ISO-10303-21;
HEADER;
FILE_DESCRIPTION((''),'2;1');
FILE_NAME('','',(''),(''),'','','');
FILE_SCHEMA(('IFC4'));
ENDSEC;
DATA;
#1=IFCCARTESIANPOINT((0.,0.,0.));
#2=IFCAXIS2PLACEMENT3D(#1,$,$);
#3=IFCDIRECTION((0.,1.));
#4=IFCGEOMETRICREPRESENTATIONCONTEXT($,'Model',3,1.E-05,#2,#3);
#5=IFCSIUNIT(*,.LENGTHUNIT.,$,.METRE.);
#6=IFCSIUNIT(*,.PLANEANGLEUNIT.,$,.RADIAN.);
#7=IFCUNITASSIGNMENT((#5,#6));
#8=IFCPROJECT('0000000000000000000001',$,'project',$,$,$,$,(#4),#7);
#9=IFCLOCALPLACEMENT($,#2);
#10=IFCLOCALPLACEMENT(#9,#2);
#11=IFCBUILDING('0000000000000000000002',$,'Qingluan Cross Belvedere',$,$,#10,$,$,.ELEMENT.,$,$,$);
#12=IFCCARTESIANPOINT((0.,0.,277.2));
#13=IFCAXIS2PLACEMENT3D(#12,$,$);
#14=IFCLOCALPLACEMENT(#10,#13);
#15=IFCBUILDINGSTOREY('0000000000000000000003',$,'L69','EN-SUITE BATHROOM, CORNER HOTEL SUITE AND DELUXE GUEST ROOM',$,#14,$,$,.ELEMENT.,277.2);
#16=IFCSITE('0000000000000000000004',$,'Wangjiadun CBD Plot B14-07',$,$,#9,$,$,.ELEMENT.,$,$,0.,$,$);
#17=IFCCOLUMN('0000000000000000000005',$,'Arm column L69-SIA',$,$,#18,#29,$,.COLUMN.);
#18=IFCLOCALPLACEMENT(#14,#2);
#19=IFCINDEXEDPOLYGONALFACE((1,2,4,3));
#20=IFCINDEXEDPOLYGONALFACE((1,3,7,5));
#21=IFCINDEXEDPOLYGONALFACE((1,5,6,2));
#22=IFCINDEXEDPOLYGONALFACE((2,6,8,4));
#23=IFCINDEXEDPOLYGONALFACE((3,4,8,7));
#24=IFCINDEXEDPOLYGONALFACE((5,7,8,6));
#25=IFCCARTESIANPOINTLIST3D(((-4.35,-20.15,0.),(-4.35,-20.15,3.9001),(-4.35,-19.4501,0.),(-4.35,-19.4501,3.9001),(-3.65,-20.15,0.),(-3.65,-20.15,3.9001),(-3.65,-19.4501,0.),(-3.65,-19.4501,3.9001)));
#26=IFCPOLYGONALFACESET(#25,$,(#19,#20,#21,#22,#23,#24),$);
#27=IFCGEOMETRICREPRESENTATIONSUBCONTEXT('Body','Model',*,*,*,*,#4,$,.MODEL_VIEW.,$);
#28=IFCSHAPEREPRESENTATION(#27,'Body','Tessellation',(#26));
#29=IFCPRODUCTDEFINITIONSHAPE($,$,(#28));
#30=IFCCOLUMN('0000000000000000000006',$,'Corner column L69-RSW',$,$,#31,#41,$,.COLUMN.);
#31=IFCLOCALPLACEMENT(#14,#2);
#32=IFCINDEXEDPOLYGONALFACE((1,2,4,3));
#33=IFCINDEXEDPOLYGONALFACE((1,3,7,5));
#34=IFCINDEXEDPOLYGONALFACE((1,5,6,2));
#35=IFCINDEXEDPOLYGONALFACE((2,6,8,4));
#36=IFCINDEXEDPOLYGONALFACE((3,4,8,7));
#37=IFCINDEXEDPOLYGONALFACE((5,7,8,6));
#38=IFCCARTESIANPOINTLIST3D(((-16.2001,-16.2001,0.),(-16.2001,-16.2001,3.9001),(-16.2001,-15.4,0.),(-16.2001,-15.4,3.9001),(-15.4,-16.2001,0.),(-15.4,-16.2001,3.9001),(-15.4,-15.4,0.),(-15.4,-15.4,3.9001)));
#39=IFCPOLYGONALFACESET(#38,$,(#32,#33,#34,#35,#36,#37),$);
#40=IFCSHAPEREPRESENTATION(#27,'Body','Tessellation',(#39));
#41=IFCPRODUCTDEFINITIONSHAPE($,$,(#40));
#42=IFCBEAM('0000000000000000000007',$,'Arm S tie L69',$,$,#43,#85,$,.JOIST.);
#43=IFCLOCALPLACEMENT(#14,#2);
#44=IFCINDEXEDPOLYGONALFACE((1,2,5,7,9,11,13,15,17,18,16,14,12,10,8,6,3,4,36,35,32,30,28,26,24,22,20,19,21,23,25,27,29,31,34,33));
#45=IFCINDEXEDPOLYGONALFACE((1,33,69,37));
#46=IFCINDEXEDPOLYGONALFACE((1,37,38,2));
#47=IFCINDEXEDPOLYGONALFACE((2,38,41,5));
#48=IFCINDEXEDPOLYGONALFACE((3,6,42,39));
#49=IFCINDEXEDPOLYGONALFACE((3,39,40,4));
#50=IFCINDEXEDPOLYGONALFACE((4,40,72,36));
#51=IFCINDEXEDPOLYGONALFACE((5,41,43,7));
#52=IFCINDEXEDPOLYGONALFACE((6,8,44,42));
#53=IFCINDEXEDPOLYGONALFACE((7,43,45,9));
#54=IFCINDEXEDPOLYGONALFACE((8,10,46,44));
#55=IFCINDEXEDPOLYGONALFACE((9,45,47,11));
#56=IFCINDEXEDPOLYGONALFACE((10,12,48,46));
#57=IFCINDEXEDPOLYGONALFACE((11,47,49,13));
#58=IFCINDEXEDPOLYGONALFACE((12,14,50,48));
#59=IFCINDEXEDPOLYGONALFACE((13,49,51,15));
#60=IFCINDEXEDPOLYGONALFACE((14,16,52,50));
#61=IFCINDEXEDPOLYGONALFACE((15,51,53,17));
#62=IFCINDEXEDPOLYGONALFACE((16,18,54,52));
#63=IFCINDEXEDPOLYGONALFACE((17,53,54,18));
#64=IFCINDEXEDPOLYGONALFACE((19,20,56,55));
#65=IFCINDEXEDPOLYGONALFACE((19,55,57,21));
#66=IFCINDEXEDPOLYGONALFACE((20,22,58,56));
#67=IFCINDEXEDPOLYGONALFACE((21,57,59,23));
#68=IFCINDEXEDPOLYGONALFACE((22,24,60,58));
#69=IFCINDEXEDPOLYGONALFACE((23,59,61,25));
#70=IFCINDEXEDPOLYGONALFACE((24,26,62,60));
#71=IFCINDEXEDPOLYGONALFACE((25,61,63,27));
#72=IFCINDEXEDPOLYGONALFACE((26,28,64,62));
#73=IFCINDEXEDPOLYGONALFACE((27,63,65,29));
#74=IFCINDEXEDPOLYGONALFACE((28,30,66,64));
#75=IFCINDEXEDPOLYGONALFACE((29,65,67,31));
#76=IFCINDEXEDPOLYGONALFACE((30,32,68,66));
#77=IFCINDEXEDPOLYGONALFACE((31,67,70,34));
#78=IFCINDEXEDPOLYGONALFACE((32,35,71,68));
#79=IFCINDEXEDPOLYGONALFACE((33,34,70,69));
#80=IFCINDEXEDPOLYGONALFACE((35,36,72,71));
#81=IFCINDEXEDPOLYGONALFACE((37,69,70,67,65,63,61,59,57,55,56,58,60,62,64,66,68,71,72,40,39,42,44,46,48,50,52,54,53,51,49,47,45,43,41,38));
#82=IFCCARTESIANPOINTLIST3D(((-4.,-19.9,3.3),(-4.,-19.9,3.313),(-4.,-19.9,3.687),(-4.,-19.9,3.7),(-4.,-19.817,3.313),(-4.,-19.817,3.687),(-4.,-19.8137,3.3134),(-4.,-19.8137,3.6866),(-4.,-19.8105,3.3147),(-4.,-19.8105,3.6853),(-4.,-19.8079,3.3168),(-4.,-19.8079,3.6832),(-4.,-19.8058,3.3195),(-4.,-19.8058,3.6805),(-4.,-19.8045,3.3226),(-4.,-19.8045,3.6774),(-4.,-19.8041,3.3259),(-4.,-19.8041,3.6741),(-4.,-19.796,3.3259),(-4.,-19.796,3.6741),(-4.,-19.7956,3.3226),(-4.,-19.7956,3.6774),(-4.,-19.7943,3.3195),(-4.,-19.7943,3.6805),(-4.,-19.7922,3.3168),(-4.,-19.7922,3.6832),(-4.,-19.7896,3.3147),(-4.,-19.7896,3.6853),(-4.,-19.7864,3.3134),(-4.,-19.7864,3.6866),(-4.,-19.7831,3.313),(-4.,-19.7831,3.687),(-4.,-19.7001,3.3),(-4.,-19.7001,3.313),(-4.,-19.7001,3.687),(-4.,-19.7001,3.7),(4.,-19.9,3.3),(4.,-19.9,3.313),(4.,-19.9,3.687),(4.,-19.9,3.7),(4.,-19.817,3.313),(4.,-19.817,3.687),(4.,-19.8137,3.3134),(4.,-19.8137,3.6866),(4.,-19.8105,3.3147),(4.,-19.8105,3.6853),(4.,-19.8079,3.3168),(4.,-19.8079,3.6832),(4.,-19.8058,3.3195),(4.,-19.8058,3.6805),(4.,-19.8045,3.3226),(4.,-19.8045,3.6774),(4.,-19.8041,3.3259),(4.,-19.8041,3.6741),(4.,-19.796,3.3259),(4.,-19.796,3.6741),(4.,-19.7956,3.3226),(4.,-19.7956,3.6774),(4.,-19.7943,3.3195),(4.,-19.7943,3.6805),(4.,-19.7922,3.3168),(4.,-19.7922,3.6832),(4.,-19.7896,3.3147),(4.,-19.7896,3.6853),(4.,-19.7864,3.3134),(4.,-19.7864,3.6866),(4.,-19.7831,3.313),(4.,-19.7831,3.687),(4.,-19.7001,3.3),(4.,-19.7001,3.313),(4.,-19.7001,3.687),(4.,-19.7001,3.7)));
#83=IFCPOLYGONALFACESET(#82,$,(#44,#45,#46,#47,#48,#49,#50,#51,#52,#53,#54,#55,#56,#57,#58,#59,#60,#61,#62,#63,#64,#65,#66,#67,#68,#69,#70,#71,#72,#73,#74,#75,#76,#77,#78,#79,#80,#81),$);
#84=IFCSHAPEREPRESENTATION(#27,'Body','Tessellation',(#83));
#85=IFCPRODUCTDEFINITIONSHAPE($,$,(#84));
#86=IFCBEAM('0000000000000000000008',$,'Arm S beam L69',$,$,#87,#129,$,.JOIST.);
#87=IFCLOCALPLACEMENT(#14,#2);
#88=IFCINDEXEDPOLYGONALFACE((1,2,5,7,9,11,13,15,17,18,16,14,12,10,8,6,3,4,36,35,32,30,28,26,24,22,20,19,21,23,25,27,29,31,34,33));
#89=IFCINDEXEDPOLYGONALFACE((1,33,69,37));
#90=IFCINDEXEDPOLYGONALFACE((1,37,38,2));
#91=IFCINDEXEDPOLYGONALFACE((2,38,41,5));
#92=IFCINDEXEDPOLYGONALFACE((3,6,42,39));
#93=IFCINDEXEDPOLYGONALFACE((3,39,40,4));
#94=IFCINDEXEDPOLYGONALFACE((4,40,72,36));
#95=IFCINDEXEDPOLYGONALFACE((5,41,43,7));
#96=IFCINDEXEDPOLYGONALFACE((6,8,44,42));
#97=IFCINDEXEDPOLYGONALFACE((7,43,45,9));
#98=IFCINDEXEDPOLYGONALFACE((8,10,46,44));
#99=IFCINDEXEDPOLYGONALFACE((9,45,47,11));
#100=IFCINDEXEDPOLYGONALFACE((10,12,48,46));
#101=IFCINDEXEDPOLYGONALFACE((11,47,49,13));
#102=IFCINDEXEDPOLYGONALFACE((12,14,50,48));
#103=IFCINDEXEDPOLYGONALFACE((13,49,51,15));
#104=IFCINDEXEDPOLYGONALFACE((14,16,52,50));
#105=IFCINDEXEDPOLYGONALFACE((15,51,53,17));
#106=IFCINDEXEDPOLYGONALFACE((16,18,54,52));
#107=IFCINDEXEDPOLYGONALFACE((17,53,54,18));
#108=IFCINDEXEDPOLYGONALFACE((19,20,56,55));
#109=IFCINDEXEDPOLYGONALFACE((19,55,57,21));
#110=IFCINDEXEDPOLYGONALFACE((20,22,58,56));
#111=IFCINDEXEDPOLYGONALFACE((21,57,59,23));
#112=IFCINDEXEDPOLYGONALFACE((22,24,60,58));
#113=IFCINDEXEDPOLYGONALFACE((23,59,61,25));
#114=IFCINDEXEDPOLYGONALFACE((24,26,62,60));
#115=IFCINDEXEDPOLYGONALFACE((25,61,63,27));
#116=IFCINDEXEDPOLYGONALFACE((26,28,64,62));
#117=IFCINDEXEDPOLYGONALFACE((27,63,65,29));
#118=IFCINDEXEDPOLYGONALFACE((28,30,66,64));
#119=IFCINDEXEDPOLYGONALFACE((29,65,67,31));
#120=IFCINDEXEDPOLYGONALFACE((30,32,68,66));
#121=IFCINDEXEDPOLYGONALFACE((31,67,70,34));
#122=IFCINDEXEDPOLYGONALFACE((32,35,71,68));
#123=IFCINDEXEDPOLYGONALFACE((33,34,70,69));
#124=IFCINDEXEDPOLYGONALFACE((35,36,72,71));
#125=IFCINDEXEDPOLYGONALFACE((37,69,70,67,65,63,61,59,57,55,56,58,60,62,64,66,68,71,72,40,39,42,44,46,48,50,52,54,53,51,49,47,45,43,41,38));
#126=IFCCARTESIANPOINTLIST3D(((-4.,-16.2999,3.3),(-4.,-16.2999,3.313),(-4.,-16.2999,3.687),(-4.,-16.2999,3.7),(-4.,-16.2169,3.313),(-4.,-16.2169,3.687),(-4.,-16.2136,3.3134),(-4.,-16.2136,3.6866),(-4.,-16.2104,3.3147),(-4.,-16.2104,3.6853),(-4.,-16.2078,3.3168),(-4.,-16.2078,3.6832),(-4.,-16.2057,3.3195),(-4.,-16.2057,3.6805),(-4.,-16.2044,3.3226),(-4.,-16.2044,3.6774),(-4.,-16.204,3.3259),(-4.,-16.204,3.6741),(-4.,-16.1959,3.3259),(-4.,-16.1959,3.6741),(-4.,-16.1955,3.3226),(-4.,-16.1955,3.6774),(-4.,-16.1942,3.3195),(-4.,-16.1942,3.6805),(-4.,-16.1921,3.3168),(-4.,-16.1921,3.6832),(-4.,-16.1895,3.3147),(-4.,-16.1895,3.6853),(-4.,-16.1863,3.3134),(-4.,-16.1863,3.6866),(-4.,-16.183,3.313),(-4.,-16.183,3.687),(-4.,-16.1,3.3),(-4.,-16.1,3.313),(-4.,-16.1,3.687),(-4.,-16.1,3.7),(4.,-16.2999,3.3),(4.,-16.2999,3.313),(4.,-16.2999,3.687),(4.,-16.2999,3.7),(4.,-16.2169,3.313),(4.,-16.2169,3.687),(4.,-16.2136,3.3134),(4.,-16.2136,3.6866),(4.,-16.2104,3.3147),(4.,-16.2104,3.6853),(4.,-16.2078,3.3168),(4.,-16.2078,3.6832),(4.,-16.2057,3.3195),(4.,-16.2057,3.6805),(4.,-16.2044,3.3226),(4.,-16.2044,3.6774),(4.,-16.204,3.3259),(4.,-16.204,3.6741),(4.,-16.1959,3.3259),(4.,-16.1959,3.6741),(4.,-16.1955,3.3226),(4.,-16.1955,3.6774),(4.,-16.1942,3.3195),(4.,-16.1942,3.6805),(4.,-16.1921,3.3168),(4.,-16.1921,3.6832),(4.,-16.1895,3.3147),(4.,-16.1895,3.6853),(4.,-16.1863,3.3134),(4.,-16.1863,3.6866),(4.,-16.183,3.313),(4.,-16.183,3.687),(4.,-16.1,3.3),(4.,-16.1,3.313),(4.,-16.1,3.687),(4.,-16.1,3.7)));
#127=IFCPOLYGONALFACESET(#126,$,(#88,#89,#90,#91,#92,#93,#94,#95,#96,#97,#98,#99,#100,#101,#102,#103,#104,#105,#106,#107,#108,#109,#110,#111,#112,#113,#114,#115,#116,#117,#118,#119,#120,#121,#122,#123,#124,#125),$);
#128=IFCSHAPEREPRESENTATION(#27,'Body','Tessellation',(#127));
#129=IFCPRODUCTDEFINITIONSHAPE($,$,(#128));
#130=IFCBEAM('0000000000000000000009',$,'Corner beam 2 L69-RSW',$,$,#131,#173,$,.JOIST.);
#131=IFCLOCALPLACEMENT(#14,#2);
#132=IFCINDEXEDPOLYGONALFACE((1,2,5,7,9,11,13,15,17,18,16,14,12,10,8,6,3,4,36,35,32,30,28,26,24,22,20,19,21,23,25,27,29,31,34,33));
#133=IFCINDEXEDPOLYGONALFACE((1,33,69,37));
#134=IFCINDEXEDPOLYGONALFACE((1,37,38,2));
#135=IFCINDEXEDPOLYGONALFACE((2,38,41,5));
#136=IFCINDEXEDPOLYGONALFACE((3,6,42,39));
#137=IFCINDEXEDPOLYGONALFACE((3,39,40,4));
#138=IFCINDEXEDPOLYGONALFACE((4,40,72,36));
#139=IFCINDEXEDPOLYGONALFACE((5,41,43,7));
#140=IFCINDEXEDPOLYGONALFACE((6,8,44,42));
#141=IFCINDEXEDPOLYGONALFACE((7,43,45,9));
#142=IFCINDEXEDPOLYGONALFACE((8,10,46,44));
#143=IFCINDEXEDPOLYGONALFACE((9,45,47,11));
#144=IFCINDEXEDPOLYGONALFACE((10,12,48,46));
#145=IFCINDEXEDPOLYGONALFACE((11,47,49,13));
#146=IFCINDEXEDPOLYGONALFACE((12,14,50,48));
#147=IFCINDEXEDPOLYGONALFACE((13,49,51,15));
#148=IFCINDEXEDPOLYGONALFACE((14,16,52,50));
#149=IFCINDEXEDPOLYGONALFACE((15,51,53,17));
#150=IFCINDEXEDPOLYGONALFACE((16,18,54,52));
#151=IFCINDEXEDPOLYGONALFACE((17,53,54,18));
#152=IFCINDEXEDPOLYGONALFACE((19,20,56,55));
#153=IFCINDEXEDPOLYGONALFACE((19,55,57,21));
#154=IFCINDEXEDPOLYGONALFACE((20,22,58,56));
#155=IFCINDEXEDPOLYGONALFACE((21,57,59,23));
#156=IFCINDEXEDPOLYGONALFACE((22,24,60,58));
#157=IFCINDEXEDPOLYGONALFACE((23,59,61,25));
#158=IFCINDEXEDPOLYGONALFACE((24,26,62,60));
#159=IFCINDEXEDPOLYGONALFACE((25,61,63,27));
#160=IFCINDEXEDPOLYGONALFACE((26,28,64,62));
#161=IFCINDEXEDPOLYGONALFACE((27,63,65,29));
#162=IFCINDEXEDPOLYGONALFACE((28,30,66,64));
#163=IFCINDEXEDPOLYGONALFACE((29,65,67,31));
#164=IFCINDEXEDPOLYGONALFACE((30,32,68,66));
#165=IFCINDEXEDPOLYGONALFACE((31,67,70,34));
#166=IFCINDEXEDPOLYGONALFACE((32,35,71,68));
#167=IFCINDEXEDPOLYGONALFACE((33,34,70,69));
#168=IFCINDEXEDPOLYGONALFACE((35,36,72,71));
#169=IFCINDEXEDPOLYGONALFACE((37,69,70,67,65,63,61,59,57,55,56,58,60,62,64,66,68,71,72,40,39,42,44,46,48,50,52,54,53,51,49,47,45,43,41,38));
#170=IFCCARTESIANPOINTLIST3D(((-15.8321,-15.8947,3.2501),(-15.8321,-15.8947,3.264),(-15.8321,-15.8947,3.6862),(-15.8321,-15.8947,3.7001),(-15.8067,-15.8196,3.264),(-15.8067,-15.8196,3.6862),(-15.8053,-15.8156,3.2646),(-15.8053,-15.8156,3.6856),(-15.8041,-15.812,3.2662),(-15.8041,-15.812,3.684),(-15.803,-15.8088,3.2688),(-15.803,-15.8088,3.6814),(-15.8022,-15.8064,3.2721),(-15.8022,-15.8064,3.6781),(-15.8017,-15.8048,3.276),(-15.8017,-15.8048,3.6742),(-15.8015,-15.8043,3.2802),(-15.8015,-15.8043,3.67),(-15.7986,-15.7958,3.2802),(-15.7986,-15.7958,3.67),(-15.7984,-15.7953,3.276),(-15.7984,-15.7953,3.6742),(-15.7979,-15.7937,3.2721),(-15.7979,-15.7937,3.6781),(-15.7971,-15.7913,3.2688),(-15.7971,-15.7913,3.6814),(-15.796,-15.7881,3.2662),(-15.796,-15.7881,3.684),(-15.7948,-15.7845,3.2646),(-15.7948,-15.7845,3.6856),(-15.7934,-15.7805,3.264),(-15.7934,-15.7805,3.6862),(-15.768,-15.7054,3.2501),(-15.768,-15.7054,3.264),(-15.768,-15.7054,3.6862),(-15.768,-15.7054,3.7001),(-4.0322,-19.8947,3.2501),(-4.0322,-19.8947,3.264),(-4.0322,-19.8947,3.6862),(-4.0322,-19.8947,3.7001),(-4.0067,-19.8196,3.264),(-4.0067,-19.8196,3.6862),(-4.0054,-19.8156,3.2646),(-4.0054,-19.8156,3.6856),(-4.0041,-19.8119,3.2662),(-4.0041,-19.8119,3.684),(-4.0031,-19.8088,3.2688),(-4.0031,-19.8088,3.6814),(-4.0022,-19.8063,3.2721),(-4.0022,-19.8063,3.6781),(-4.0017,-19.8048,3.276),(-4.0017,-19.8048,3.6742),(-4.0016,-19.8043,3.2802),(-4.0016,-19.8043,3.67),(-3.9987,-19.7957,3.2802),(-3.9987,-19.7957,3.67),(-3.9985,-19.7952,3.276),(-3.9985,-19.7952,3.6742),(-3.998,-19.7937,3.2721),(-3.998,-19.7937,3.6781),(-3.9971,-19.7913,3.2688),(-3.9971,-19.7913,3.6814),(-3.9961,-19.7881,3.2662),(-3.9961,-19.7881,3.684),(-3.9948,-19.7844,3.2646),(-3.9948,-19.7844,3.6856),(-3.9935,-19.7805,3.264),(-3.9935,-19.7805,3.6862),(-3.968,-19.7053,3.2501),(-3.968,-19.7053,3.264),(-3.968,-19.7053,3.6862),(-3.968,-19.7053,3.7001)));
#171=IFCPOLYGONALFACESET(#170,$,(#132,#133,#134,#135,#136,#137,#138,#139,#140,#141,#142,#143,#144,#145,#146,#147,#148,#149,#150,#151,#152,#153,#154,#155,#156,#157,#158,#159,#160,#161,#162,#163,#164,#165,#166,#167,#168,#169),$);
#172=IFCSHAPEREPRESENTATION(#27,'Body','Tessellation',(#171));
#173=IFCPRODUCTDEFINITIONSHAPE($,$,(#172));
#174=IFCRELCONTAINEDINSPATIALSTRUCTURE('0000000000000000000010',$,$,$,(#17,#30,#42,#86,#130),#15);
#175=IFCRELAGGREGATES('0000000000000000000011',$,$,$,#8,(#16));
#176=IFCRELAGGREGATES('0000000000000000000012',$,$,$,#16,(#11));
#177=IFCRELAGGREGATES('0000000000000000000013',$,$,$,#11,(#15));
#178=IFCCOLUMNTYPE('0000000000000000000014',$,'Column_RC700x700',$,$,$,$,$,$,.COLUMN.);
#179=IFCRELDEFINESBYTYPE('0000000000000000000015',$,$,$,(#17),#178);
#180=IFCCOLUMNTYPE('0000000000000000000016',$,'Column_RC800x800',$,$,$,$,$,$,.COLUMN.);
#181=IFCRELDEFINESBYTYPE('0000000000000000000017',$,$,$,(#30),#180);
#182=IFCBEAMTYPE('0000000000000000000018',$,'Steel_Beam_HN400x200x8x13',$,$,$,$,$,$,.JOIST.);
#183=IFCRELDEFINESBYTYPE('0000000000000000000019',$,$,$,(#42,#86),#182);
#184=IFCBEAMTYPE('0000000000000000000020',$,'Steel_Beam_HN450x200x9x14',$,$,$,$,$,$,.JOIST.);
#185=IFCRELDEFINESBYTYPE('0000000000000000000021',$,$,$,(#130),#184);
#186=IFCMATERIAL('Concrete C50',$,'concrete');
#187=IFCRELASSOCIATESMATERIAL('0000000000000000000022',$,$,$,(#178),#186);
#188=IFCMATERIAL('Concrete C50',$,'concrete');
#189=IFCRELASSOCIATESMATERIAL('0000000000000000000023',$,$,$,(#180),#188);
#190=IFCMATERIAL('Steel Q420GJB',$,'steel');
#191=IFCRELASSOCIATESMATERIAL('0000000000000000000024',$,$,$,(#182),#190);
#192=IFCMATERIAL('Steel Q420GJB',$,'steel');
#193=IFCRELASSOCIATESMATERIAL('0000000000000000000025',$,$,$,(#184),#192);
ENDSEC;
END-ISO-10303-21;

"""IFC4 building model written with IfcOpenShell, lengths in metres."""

from ifc_helpers import new_model, si_unit, direction, frame, origin, origin_2d, place, context, subcontext, project, spatial, rectangle, i_section, extrude, material, material_profile, profile_set, type_object, element, save


model = new_model("IFC4")

# Units and contexts
model_context = context("Model", 3, precision=1e-05, world=origin(), true_north=direction((0.0, 1.0)))
body_context = subcontext(model_context, "Body", "Model", "MODEL_VIEW")
ifc_project = project(units=[si_unit("LENGTHUNIT", "METRE"), si_unit("PLANEANGLEUNIT", "RADIAN")], contexts=[model_context])

# Site, building, storey
site_placement = place(None, origin())
site = spatial("IfcSite", under=ifc_project, at=site_placement, Name="Wangjiadun CBD Plot B14-07", CompositionType="ELEMENT", RefElevation=0.0)
building_placement = place(site_placement, origin())
building = spatial("IfcBuilding", under=site, at=building_placement, Name="Qingluan Cross Belvedere", CompositionType="ELEMENT")
storey_placement = place(building_placement, frame((0.0, 0.0, 277.2)))
storey = spatial("IfcBuildingStorey", under=building, at=storey_placement, Name="L69", Description="EN-SUITE BATHROOM, CORNER HOTEL SUITE AND DELUXE GUEST ROOM", CompositionType="ELEMENT", Elevation=277.2)

# Columns
ifc_material_1 = material(Name="Concrete C50", Category="concrete")
ifc_material_profile_1 = material_profile(ifc_material_1, rectangle(XDim=0.7, YDim=0.7, at=origin_2d()), Name="RC700x700")
ifc_profile_set_1 = profile_set([ifc_material_profile_1], Name="Concrete C50")
column_type_1 = type_object("IfcColumnType", Name="Column_RC700x700", PredefinedType="COLUMN", material=ifc_profile_set_1)
column_1_placement = place(storey_placement, frame((-4.0, -19.8, 0.0), z_axis=(0.0, 0.0, 1.0), x_axis=(1.0, 0.0, 0.0)))
element("IfcColumn", 1, at=column_1_placement, inside=storey, type_object=column_type_1, Name="Arm column L69-SIA", PredefinedType="COLUMN", context=body_context, shape_type="SweptSolid", body=[
    extrude(rectangle(XDim=0.7, YDim=0.7, at=origin_2d()), origin(), (0.0, 0.0, 1.0), 3.9001),
])
ifc_material_2 = material(Name="Concrete C50", Category="concrete")
ifc_material_profile_2 = material_profile(ifc_material_2, rectangle(XDim=0.8, YDim=0.8, at=origin_2d()), Name="RC800x800")
ifc_profile_set_2 = profile_set([ifc_material_profile_2], Name="Concrete C50")
column_type_2 = type_object("IfcColumnType", Name="Column_RC800x800", PredefinedType="COLUMN", material=ifc_profile_set_2)
column_2_placement = place(storey_placement, frame((-15.8, -15.8, 0.0), z_axis=(0.0, 0.0, 1.0), x_axis=(1.0, 0.0, 0.0)))
element("IfcColumn", 2, at=column_2_placement, inside=storey, type_object=column_type_2, Name="Corner column L69-RSW", PredefinedType="COLUMN", context=body_context, shape_type="SweptSolid", body=[
    extrude(rectangle(XDim=0.8, YDim=0.8, at=origin_2d()), origin(), (0.0, 0.0, 1.0), 3.9001),
])

# Beams
ifc_material_3 = material(Name="Steel Q420GJB", Category="steel")
ifc_material_profile_3 = material_profile(ifc_material_3, i_section(OverallWidth=0.2, OverallDepth=0.3999, WebThickness=0.0081, FlangeThickness=0.0129, FilletRadius=0.0129, at=origin_2d()), Name="HN400x200x8x13")
ifc_profile_set_3 = profile_set([ifc_material_profile_3], Name="Steel Q420GJB")
beam_type_1 = type_object("IfcBeamType", Name="Steel_Beam_HN400x200x8x13", PredefinedType="JOIST", material=ifc_profile_set_3)
for number, where, z_axis, x_axis, name in (
    (3, (-4.0, -19.8, 3.5), (1.0, 0.0, 0.0), (0.0, 1.0, 0.0), "Arm S tie L69"),
    (4, (-4.0, -16.2, 3.5), (1.0, 0.0, 0.0), (0.0, 1.0, 0.0), "Arm S beam L69"),
):
    element("IfcBeam", number, at=place(storey_placement, frame(where, z_axis=z_axis, x_axis=x_axis)), inside=storey, type_object=beam_type_1, Name=name, PredefinedType="JOIST", context=body_context, shape_type="SweptSolid", body=[
        extrude(i_section(OverallWidth=0.2, OverallDepth=0.3999, WebThickness=0.0081, FlangeThickness=0.0129, FilletRadius=0.0129, at=origin_2d()), origin(), (0.0, 0.0, 1.0), 8.0),
    ])
ifc_material_4 = material(Name="Steel Q420GJB", Category="steel")
ifc_material_profile_4 = material_profile(ifc_material_4, i_section(OverallWidth=0.2, OverallDepth=0.45, WebThickness=0.009, FlangeThickness=0.0139, FilletRadius=0.0161, at=origin_2d()), Name="HN450x200x9x14")
ifc_profile_set_4 = profile_set([ifc_material_profile_4], Name="Steel Q420GJB")
beam_type_2 = type_object("IfcBeamType", Name="Steel_Beam_HN450x200x9x14", PredefinedType="JOIST", material=ifc_profile_set_4)
for number, where, z_axis, x_axis, name in (
    (5, (-15.8, -15.8, 3.4751), (0.947066, -0.321038, 0.0), (0.321038, 0.947066, 0.0), "Corner beam 2 L69-RSW"),
):
    element("IfcBeam", number, at=place(storey_placement, frame(where, z_axis=z_axis, x_axis=x_axis)), inside=storey, type_object=beam_type_2, Name=name, PredefinedType="JOIST", context=body_context, shape_type="SweptSolid", body=[
        extrude(i_section(OverallWidth=0.2, OverallDepth=0.45, WebThickness=0.009, FlangeThickness=0.0139, FilletRadius=0.0161, at=origin_2d()), origin(), (0.0, 0.0, 1.0), 12.4595),
    ])

save(model, "model.ifc")
